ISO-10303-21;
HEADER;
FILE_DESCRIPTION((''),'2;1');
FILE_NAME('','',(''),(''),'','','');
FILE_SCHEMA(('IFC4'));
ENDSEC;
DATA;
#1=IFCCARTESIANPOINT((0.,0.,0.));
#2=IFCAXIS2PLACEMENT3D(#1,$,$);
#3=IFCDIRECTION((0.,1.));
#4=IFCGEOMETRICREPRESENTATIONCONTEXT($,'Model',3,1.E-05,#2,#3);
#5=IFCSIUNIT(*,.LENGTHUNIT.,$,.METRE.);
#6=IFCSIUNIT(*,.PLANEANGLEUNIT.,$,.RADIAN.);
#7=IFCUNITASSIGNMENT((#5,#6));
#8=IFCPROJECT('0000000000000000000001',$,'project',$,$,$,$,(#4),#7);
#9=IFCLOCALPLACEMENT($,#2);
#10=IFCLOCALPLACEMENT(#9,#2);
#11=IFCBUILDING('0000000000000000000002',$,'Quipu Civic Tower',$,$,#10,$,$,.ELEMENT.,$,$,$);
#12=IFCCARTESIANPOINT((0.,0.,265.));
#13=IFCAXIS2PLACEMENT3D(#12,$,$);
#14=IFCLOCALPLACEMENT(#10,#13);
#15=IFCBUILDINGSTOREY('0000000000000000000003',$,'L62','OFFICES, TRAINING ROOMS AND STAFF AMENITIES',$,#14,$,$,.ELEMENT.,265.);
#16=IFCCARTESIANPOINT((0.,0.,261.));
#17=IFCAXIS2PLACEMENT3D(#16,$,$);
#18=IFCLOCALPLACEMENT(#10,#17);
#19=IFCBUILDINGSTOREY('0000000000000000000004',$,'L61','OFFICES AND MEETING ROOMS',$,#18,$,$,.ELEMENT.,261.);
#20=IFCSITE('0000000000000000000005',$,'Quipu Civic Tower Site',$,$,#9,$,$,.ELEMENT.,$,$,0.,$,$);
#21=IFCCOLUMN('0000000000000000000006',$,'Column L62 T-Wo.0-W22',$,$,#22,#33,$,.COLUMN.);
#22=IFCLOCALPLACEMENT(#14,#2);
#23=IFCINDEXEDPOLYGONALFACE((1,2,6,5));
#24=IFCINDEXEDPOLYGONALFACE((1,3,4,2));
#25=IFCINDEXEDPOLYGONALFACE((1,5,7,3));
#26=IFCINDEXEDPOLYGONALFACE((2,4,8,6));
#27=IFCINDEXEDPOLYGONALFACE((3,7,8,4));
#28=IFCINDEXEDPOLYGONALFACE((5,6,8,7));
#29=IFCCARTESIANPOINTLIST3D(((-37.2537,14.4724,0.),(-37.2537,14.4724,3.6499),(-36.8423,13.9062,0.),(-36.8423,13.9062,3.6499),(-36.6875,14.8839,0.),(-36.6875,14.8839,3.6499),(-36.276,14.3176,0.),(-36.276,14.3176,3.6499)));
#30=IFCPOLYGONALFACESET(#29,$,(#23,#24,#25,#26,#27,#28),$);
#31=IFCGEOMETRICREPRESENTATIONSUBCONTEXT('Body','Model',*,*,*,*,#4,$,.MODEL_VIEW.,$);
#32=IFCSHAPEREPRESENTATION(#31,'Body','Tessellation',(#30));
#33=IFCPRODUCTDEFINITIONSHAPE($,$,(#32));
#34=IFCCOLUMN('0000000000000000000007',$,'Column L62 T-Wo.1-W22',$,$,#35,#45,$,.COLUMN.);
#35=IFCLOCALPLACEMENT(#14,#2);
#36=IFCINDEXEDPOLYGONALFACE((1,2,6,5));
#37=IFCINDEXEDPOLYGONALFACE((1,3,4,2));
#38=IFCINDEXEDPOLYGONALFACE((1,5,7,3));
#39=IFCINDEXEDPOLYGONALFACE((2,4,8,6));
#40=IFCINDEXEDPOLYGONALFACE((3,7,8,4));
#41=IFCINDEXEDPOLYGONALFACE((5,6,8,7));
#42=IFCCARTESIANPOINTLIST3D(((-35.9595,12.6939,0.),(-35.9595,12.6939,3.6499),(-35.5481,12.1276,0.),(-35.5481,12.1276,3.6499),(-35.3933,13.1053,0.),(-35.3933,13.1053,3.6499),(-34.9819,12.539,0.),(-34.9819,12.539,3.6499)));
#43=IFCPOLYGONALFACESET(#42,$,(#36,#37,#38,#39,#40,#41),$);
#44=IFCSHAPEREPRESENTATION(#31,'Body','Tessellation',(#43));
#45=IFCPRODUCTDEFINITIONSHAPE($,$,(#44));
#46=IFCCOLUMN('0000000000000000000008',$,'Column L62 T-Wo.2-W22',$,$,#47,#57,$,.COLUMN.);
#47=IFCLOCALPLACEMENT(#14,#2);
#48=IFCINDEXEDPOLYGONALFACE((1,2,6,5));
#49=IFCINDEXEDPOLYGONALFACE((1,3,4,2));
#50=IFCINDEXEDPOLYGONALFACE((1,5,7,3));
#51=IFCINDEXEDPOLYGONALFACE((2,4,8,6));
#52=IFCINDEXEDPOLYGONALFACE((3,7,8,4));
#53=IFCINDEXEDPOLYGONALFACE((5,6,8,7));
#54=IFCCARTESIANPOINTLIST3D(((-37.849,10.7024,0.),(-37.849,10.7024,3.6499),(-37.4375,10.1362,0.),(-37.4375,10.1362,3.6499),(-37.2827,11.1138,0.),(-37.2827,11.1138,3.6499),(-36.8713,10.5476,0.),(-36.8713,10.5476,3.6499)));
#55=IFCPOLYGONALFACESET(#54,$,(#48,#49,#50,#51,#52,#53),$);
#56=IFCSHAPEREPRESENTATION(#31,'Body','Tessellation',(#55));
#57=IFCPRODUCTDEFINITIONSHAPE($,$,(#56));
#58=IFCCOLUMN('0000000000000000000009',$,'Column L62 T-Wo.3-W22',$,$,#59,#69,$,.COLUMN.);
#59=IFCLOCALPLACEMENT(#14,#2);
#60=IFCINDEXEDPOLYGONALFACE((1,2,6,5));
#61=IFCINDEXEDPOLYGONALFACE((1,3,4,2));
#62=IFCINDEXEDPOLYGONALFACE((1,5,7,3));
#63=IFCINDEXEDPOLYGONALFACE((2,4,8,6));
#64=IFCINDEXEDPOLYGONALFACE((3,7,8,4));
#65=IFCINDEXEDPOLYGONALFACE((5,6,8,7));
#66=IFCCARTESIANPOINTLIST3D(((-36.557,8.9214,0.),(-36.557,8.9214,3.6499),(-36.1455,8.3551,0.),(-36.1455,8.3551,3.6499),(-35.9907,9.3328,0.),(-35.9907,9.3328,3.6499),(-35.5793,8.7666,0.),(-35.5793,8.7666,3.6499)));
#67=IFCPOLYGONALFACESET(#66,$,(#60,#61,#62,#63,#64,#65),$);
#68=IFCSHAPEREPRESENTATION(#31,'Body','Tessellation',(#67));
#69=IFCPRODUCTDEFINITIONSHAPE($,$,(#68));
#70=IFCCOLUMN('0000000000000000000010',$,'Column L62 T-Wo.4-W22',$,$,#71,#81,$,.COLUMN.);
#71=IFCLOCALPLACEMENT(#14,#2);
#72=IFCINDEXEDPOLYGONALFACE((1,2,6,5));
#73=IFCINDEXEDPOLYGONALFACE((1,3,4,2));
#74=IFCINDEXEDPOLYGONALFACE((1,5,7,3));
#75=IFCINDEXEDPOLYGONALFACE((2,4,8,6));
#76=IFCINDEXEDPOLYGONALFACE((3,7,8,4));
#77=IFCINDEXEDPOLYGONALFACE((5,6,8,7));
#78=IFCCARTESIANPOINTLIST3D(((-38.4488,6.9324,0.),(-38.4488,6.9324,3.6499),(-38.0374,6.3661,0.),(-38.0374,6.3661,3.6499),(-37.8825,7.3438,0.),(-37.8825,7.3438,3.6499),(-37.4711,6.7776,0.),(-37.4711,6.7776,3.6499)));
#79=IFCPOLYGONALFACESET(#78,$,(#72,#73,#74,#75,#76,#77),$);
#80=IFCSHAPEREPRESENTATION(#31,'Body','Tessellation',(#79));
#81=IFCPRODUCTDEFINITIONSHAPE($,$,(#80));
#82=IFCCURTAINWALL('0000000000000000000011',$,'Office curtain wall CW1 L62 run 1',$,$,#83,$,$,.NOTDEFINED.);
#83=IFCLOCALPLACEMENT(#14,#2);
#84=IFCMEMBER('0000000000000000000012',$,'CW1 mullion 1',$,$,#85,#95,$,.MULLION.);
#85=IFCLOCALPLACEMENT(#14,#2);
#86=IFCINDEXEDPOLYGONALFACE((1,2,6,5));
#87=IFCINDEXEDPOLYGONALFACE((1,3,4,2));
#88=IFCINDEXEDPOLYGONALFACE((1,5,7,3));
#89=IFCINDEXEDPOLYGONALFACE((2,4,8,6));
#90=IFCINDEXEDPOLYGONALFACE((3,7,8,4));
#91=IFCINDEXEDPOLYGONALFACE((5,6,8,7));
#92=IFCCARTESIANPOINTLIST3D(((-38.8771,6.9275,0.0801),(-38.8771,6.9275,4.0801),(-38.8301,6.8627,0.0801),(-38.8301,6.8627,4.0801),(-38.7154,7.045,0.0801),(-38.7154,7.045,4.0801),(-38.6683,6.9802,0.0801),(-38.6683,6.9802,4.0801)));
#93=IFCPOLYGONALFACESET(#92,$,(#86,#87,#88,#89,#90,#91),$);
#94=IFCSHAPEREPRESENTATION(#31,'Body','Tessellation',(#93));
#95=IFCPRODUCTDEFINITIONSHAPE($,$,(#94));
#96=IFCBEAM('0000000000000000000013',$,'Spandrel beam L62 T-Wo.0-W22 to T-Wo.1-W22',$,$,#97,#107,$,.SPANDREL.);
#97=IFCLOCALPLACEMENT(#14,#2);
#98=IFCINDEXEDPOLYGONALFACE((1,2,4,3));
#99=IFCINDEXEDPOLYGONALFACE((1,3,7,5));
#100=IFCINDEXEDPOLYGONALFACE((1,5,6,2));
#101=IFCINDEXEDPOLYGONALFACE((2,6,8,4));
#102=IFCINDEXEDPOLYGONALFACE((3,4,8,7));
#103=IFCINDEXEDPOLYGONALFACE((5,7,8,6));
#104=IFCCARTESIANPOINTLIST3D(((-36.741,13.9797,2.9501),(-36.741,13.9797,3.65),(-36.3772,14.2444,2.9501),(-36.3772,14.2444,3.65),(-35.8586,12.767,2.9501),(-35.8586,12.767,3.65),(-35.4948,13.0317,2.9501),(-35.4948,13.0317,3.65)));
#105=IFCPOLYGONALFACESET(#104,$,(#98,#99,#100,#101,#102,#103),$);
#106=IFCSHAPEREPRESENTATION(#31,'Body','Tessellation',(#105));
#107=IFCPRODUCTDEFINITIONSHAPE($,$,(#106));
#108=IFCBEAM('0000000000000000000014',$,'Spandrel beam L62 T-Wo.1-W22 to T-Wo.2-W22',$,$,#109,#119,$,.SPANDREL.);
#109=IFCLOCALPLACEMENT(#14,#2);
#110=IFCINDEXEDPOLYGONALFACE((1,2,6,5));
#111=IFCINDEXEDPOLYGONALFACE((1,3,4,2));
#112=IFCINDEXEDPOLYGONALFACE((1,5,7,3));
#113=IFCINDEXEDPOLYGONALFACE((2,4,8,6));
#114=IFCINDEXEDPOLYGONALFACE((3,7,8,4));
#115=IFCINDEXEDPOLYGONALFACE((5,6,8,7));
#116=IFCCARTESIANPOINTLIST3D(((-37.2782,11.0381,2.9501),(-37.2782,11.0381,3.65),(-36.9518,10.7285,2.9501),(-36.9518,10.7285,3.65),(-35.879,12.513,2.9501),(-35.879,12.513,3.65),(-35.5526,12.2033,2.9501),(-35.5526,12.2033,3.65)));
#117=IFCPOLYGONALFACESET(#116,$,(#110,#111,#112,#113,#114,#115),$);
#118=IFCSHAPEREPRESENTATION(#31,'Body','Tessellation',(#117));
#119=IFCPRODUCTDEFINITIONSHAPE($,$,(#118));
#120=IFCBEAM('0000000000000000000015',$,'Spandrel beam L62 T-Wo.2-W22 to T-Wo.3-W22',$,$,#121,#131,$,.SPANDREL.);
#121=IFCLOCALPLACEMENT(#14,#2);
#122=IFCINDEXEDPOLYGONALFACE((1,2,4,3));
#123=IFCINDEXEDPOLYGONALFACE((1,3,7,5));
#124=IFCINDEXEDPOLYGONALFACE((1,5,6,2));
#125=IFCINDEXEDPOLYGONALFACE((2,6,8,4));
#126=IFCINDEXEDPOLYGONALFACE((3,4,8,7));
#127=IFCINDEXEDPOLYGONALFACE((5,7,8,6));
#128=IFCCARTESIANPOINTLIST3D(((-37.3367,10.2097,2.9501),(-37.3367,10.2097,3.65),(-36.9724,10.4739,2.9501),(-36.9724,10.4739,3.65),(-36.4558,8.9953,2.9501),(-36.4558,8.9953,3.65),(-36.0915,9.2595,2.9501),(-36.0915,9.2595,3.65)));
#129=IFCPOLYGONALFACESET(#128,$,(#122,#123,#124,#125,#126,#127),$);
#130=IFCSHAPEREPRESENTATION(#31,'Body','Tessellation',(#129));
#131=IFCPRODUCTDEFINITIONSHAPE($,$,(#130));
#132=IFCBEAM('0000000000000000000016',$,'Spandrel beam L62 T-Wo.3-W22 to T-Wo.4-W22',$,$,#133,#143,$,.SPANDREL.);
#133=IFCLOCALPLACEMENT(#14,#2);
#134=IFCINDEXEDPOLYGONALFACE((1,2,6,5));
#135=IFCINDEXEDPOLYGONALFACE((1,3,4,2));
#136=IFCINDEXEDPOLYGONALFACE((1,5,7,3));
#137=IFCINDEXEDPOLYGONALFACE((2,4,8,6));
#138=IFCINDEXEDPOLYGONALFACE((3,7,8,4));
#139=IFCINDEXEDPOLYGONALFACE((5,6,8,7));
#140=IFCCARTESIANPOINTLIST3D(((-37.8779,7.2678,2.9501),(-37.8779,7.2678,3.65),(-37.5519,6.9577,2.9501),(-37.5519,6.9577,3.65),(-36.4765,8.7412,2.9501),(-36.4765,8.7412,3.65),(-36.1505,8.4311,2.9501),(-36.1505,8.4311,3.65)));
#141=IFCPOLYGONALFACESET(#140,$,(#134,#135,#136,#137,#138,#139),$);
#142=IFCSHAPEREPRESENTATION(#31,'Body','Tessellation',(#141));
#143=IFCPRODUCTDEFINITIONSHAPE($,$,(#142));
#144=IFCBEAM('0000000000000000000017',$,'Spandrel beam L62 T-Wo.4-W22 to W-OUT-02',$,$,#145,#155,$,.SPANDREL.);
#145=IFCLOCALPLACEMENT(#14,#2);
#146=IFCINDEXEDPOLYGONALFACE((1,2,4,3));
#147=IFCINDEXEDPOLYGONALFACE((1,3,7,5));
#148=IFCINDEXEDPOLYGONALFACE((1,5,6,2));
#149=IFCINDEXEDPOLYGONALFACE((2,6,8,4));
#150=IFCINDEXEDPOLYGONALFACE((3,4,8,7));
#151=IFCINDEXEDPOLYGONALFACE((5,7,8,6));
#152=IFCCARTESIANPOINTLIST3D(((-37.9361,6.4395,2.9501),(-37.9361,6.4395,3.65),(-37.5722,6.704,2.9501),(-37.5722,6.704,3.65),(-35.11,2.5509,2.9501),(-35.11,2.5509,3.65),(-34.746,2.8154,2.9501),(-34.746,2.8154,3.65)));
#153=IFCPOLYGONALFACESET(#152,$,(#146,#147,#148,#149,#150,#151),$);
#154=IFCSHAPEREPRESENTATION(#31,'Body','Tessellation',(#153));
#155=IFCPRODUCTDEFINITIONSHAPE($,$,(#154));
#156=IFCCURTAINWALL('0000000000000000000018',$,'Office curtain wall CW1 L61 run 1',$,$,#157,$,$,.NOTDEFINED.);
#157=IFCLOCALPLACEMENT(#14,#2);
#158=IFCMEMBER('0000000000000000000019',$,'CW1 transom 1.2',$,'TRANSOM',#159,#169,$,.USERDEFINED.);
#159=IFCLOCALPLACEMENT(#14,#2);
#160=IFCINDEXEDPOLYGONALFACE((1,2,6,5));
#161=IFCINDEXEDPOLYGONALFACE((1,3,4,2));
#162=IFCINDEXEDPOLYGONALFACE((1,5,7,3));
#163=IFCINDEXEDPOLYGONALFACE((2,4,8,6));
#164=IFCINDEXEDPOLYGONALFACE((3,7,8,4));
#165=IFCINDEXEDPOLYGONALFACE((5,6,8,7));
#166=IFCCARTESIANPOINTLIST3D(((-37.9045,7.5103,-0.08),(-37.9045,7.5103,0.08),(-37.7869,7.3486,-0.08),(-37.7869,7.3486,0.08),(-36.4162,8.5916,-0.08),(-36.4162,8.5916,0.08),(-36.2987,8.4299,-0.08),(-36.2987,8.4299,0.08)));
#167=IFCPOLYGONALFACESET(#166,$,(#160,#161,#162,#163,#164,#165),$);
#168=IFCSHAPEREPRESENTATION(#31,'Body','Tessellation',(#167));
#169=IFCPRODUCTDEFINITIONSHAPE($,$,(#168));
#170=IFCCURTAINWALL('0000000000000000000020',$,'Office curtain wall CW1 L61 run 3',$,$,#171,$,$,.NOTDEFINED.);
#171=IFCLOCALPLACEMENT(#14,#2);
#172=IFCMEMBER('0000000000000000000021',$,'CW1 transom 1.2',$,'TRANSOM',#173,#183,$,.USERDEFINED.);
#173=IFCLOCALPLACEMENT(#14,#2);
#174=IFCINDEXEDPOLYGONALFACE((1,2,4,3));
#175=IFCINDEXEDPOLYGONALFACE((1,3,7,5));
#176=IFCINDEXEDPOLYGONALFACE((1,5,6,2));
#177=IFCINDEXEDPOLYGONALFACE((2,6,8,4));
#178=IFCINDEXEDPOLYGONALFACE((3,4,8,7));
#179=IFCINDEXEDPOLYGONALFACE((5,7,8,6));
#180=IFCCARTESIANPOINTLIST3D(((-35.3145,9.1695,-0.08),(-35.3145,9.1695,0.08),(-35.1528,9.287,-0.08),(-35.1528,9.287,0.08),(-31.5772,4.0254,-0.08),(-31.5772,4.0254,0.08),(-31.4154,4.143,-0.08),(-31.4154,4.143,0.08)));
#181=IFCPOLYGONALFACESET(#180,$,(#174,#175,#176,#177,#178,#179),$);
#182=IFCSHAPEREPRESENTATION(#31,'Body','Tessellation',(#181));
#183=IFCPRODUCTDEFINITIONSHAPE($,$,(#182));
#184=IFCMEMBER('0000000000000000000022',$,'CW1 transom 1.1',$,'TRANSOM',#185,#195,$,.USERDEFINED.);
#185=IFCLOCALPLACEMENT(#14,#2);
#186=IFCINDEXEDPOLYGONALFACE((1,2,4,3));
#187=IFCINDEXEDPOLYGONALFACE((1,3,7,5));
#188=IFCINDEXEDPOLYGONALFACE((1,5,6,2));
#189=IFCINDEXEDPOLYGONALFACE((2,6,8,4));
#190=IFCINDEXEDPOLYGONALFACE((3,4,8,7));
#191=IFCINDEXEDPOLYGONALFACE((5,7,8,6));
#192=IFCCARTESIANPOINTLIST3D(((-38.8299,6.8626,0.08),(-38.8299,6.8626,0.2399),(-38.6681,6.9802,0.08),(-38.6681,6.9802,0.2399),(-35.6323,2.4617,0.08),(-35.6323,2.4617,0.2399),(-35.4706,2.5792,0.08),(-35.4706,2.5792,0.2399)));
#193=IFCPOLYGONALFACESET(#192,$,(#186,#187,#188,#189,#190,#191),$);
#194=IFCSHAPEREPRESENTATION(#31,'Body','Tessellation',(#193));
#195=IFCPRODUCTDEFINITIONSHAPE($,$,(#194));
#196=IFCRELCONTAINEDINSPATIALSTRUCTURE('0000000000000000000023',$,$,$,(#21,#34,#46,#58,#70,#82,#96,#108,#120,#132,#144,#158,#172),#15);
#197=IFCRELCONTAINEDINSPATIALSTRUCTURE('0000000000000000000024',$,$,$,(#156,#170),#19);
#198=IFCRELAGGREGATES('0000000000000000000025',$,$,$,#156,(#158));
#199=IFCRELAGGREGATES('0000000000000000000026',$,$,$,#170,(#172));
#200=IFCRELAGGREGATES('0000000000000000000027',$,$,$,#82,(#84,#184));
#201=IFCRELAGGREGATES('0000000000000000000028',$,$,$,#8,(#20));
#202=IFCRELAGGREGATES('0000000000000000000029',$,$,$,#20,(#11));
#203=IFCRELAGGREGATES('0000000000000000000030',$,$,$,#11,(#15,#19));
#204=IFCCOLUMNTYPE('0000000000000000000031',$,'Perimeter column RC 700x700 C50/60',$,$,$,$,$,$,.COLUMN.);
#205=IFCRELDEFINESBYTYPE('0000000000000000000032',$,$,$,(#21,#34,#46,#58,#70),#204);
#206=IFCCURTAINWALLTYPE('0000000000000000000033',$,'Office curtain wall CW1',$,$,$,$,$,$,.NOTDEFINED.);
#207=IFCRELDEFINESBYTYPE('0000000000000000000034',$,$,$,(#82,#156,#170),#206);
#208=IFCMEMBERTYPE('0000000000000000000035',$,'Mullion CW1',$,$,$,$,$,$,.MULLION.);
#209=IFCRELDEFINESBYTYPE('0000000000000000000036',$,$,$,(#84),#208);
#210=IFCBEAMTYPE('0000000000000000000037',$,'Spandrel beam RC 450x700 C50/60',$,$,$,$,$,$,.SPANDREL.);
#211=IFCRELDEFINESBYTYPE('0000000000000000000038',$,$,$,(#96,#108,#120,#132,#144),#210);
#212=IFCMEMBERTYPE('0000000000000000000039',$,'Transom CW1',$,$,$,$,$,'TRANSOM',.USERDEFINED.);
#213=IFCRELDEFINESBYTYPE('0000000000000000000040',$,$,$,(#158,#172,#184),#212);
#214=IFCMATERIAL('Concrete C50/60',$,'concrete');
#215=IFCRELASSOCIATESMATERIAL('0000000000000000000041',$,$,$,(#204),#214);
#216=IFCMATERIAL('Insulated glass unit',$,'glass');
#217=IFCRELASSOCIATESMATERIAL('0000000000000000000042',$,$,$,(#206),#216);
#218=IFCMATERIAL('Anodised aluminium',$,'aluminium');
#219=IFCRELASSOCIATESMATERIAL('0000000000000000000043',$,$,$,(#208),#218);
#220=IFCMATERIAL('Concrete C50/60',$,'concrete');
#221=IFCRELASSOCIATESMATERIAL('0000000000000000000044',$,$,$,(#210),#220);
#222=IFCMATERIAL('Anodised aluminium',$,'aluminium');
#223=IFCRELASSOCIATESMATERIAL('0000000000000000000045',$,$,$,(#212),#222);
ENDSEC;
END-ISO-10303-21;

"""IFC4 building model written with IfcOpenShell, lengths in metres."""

from ifc_helpers import new_model, si_unit, direction, frame, origin, origin_2d, place, context, subcontext, project, spatial, rectangle, extrude, material, material_profile, profile_set, type_object, element, aggregate, save


model = new_model("IFC4")

# Units and contexts
model_context = context("Model", 3, precision=1e-05, world=origin(), true_north=direction((0.0, 1.0)))
body_context = subcontext(model_context, "Body", "Model", "MODEL_VIEW")
ifc_project = project(units=[si_unit("LENGTHUNIT", "METRE"), si_unit("PLANEANGLEUNIT", "RADIAN")], contexts=[model_context])

# Site, building, storey
site_placement = place(None, origin())
site = spatial("IfcSite", under=ifc_project, at=site_placement, Name="Quipu Civic Tower Site", CompositionType="ELEMENT", RefElevation=0.0)
building_placement = place(site_placement, origin())
building = spatial("IfcBuilding", under=site, at=building_placement, Name="Quipu Civic Tower", CompositionType="ELEMENT")
storey_1_placement = place(building_placement, frame((0.0, 0.0, 265.0)))
storey_1 = spatial("IfcBuildingStorey", under=building, at=storey_1_placement, Name="L62", Description="OFFICES, TRAINING ROOMS AND STAFF AMENITIES", CompositionType="ELEMENT", Elevation=265.0)

# Columns
ifc_material_1 = material(Name="Concrete C50/60", Category="concrete")
ifc_material_profile_1 = material_profile(ifc_material_1, rectangle(XDim=0.7, YDim=0.7, at=origin_2d()), Name="RC700x700")
ifc_profile_set_1 = profile_set([ifc_material_profile_1], Name="Concrete C50/60")
column_type = type_object("IfcColumnType", Name="Perimeter column RC 700x700 C50/60", PredefinedType="COLUMN", material=ifc_profile_set_1)
for number, where, z_axis, x_axis, name in (
    (1, (-36.7649, 14.395, 0.0), (0.0, 0.0, 1.0), (0.587785, -0.809017, 0.0), "Column L62 T-Wo.0-W22"),
    (2, (-35.4707, 12.6165, 0.0), (0.0, 0.0, 1.0), (-0.809017, -0.587785, 0.0), "Column L62 T-Wo.1-W22"),
    (3, (-37.3601, 10.625, 0.0), (0.0, 0.0, 1.0), (0.587785, -0.809017, 0.0), "Column L62 T-Wo.2-W22"),
    (4, (-36.0681, 8.844, 0.0), (0.0, 0.0, 1.0), (0.587785, -0.809017, 0.0), "Column L62 T-Wo.3-W22"),
    (5, (-37.96, 6.855, 0.0), (0.0, 0.0, 1.0), (0.587785, -0.809017, 0.0), "Column L62 T-Wo.4-W22"),
):
    element("IfcColumn", number, at=place(storey_1_placement, frame(where, z_axis=z_axis, x_axis=x_axis)), inside=storey_1, type_object=column_type, Name=name, PredefinedType="COLUMN", context=body_context, shape_type="SweptSolid", body=[
        extrude(rectangle(XDim=0.7, YDim=0.7, at=origin_2d()), origin(), (0.0, 0.0, 1.0), 3.6499),
    ])

# Curtain wall, member
ifc_material_2 = material(Name="Insulated glass unit", Category="glass")
curtain_wall_type = type_object("IfcCurtainWallType", Name="Office curtain wall CW1", PredefinedType="NOTDEFINED", material=ifc_material_2)
curtain_wall_1_placement = place(storey_1_placement, origin())
curtain_wall_1 = element("IfcCurtainWall", 6, at=curtain_wall_1_placement, inside=storey_1, type_object=curtain_wall_type, Name="Office curtain wall CW1 L62 run 1", PredefinedType="NOTDEFINED")
ifc_material_3 = material(Name="Anodised aluminium", Category="aluminium")
ifc_material_profile_2 = material_profile(ifc_material_3, rectangle(XDim=0.2, YDim=0.0801, at=origin_2d()), Name="RECT 200x80")
ifc_profile_set_2 = profile_set([ifc_material_profile_2], Name="Anodised aluminium")
member_type_1 = type_object("IfcMemberType", Name="Mullion CW1", PredefinedType="MULLION", material=ifc_profile_set_2)
member_1_placement = place(storey_1_placement, frame((-38.7727, 6.9539, 0.0801), z_axis=(0.0, 0.0, 1.0), x_axis=(0.809011, 0.587794, 0.0)))
member_1 = element("IfcMember", 7, at=member_1_placement, type_object=member_type_1, Name="CW1 mullion 1", PredefinedType="MULLION", context=body_context, shape_type="SweptSolid", body=[
    extrude(rectangle(XDim=0.2, YDim=0.0801, at=origin_2d()), origin(), (0.0, 0.0, 1.0), 4.0),
])

# Beams
ifc_material_4 = material(Name="Concrete C50/60", Category="concrete")
ifc_material_profile_3 = material_profile(ifc_material_4, rectangle(XDim=0.45, YDim=0.7, at=origin_2d()), Name="RC450x700")
ifc_profile_set_3 = profile_set([ifc_material_profile_3], Name="Concrete C50/60")
beam_type = type_object("IfcBeamType", Name="Spandrel beam RC 450x700 C50/60", PredefinedType="SPANDREL", material=ifc_profile_set_3)
beam_1_placement = place(storey_1_placement, frame((-36.5591, 14.1121, 3.3), z_axis=(0.588346, -0.808609, 0.0), x_axis=(0.808609, 0.588346, 0.0)))
element("IfcBeam", 8, at=beam_1_placement, inside=storey_1, type_object=beam_type, Name="Spandrel beam L62 T-Wo.0-W22 to T-Wo.1-W22", PredefinedType="SPANDREL", context=body_context, shape_type="SweptSolid", body=[
    extrude(rectangle(XDim=0.45, YDim=0.7, at=origin_2d()), origin(), (0.0, 0.0, 1.0), 1.4998),
])
beam_2_placement = place(storey_1_placement, frame((-35.7158, 12.3582, 3.3), z_axis=(-0.688247, -0.725476, 0.0), x_axis=(0.725476, -0.688247, 0.0)))
element("IfcBeam", 9, at=beam_2_placement, inside=storey_1, type_object=beam_type, Name="Spandrel beam L62 T-Wo.1-W22 to T-Wo.2-W22", PredefinedType="SPANDREL", context=body_context, shape_type="SweptSolid", body=[
    extrude(rectangle(XDim=0.45, YDim=0.7, at=origin_2d()), origin(), (0.0, 0.0, 1.0), 2.033),
])
beam_3_placement = place(storey_1_placement, frame((-37.1545, 10.3418, 3.3), z_axis=(0.587165, -0.809467, 0.0), x_axis=(0.809467, 0.587165, 0.0)))
element("IfcBeam", 10, at=beam_3_placement, inside=storey_1, type_object=beam_type, Name="Spandrel beam L62 T-Wo.2-W22 to T-Wo.3-W22", PredefinedType="SPANDREL", context=body_context, shape_type="SweptSolid", body=[
    extrude(rectangle(XDim=0.45, YDim=0.7, at=origin_2d()), origin(), (0.0, 0.0, 1.0), 1.5002),
])
beam_4_placement = place(storey_1_placement, frame((-36.3135, 8.5862, 3.3), z_axis=(-0.689175, -0.724595, 0.0), x_axis=(0.724595, -0.689175, 0.0)))
element("IfcBeam", 11, at=beam_4_placement, inside=storey_1, type_object=beam_type, Name="Spandrel beam L62 T-Wo.3-W22 to T-Wo.4-W22", PredefinedType="SPANDREL", context=body_context, shape_type="SweptSolid", body=[
    extrude(rectangle(XDim=0.45, YDim=0.7, at=origin_2d()), origin(), (0.0, 0.0, 1.0), 2.0334),
])
beam_5_placement = place(storey_1_placement, frame((-37.7542, 6.5718, 3.3), z_axis=(0.587906, -0.808929, 0.0), x_axis=(0.808929, 0.587906, 0.0)))
element("IfcBeam", 12, at=beam_5_placement, inside=storey_1, type_object=beam_type, Name="Spandrel beam L62 T-Wo.4-W22 to W-OUT-02", PredefinedType="SPANDREL", context=body_context, shape_type="SweptSolid", body=[
    extrude(rectangle(XDim=0.45, YDim=0.7, at=origin_2d()), origin(), (0.0, 0.0, 1.0), 4.8071),
])

# Shared definitions
storey_2_placement = place(building_placement, frame((0.0, 0.0, 261.0)))
storey_2 = spatial("IfcBuildingStorey", under=building, at=storey_2_placement, Name="L61", Description="OFFICES AND MEETING ROOMS", CompositionType="ELEMENT", Elevation=261.0)

# Curtain walls, members
curtain_wall_2_placement = place(storey_2_placement, origin())
curtain_wall_2 = element("IfcCurtainWall", 13, at=curtain_wall_2_placement, inside=storey_2, type_object=curtain_wall_type, Name="Office curtain wall CW1 L61 run 1", PredefinedType="NOTDEFINED")
ifc_material_5 = material(Name="Anodised aluminium", Category="aluminium")
ifc_material_profile_4 = material_profile(ifc_material_5, rectangle(XDim=0.2, YDim=0.1599, at=origin_2d()), Name="RECT 200x160")
ifc_profile_set_4 = profile_set([ifc_material_profile_4], Name="Anodised aluminium")
member_type_2 = type_object("IfcMemberType", Name="Transom CW1", ElementType="TRANSOM", PredefinedType="USERDEFINED", material=ifc_profile_set_4)
member_2_placement = place(storey_1_placement, frame((-37.8457, 7.4294, 0.0), z_axis=(0.809017, 0.587785, 0.0), x_axis=(-0.587785, 0.809017, 0.0)))
member_2 = element("IfcMember", 14, at=member_2_placement, inside=storey_1, type_object=member_type_2, Name="CW1 transom 1.2", ObjectType="TRANSOM", PredefinedType="USERDEFINED", context=body_context, shape_type="SweptSolid", body=[
    extrude(rectangle(XDim=0.2, YDim=0.1599, at=origin_2d()), origin(), (0.0, 0.0, 1.0), 1.8396),
])
aggregate(curtain_wall_2, [member_2])
curtain_wall_3_placement = place(storey_2_placement, origin())
curtain_wall_3 = element("IfcCurtainWall", 15, at=curtain_wall_3_placement, inside=storey_2, type_object=curtain_wall_type, Name="Office curtain wall CW1 L61 run 3", PredefinedType="NOTDEFINED")
member_3_placement = place(storey_1_placement, frame((-35.2336, 9.2283, 0.0), z_axis=(0.587779, -0.809022, 0.0), x_axis=(0.809022, 0.587779, 0.0)))
member_3 = element("IfcMember", 16, at=member_3_placement, inside=storey_1, type_object=member_type_2, Name="CW1 transom 1.2", ObjectType="TRANSOM", PredefinedType="USERDEFINED", context=body_context, shape_type="SweptSolid", body=[
    extrude(rectangle(XDim=0.2, YDim=0.1599, at=origin_2d()), origin(), (0.0, 0.0, 1.0), 6.3584),
])
aggregate(curtain_wall_3, [member_3])

# Member
member_4_placement = place(storey_1_placement, frame((-38.749, 6.9214, 0.1599), z_axis=(0.587795, -0.80901, 0.0), x_axis=(0.80901, 0.587795, 0.0)))
member_4 = element("IfcMember", 17, at=member_4_placement, type_object=member_type_2, Name="CW1 transom 1.1", ObjectType="TRANSOM", PredefinedType="USERDEFINED", context=body_context, shape_type="SweptSolid", body=[
    extrude(rectangle(XDim=0.2, YDim=0.1599, at=origin_2d()), origin(), (0.0, 0.0, 1.0), 5.4399),
])
aggregate(curtain_wall_1, [member_1, member_4])

save(model, "model.ifc")
